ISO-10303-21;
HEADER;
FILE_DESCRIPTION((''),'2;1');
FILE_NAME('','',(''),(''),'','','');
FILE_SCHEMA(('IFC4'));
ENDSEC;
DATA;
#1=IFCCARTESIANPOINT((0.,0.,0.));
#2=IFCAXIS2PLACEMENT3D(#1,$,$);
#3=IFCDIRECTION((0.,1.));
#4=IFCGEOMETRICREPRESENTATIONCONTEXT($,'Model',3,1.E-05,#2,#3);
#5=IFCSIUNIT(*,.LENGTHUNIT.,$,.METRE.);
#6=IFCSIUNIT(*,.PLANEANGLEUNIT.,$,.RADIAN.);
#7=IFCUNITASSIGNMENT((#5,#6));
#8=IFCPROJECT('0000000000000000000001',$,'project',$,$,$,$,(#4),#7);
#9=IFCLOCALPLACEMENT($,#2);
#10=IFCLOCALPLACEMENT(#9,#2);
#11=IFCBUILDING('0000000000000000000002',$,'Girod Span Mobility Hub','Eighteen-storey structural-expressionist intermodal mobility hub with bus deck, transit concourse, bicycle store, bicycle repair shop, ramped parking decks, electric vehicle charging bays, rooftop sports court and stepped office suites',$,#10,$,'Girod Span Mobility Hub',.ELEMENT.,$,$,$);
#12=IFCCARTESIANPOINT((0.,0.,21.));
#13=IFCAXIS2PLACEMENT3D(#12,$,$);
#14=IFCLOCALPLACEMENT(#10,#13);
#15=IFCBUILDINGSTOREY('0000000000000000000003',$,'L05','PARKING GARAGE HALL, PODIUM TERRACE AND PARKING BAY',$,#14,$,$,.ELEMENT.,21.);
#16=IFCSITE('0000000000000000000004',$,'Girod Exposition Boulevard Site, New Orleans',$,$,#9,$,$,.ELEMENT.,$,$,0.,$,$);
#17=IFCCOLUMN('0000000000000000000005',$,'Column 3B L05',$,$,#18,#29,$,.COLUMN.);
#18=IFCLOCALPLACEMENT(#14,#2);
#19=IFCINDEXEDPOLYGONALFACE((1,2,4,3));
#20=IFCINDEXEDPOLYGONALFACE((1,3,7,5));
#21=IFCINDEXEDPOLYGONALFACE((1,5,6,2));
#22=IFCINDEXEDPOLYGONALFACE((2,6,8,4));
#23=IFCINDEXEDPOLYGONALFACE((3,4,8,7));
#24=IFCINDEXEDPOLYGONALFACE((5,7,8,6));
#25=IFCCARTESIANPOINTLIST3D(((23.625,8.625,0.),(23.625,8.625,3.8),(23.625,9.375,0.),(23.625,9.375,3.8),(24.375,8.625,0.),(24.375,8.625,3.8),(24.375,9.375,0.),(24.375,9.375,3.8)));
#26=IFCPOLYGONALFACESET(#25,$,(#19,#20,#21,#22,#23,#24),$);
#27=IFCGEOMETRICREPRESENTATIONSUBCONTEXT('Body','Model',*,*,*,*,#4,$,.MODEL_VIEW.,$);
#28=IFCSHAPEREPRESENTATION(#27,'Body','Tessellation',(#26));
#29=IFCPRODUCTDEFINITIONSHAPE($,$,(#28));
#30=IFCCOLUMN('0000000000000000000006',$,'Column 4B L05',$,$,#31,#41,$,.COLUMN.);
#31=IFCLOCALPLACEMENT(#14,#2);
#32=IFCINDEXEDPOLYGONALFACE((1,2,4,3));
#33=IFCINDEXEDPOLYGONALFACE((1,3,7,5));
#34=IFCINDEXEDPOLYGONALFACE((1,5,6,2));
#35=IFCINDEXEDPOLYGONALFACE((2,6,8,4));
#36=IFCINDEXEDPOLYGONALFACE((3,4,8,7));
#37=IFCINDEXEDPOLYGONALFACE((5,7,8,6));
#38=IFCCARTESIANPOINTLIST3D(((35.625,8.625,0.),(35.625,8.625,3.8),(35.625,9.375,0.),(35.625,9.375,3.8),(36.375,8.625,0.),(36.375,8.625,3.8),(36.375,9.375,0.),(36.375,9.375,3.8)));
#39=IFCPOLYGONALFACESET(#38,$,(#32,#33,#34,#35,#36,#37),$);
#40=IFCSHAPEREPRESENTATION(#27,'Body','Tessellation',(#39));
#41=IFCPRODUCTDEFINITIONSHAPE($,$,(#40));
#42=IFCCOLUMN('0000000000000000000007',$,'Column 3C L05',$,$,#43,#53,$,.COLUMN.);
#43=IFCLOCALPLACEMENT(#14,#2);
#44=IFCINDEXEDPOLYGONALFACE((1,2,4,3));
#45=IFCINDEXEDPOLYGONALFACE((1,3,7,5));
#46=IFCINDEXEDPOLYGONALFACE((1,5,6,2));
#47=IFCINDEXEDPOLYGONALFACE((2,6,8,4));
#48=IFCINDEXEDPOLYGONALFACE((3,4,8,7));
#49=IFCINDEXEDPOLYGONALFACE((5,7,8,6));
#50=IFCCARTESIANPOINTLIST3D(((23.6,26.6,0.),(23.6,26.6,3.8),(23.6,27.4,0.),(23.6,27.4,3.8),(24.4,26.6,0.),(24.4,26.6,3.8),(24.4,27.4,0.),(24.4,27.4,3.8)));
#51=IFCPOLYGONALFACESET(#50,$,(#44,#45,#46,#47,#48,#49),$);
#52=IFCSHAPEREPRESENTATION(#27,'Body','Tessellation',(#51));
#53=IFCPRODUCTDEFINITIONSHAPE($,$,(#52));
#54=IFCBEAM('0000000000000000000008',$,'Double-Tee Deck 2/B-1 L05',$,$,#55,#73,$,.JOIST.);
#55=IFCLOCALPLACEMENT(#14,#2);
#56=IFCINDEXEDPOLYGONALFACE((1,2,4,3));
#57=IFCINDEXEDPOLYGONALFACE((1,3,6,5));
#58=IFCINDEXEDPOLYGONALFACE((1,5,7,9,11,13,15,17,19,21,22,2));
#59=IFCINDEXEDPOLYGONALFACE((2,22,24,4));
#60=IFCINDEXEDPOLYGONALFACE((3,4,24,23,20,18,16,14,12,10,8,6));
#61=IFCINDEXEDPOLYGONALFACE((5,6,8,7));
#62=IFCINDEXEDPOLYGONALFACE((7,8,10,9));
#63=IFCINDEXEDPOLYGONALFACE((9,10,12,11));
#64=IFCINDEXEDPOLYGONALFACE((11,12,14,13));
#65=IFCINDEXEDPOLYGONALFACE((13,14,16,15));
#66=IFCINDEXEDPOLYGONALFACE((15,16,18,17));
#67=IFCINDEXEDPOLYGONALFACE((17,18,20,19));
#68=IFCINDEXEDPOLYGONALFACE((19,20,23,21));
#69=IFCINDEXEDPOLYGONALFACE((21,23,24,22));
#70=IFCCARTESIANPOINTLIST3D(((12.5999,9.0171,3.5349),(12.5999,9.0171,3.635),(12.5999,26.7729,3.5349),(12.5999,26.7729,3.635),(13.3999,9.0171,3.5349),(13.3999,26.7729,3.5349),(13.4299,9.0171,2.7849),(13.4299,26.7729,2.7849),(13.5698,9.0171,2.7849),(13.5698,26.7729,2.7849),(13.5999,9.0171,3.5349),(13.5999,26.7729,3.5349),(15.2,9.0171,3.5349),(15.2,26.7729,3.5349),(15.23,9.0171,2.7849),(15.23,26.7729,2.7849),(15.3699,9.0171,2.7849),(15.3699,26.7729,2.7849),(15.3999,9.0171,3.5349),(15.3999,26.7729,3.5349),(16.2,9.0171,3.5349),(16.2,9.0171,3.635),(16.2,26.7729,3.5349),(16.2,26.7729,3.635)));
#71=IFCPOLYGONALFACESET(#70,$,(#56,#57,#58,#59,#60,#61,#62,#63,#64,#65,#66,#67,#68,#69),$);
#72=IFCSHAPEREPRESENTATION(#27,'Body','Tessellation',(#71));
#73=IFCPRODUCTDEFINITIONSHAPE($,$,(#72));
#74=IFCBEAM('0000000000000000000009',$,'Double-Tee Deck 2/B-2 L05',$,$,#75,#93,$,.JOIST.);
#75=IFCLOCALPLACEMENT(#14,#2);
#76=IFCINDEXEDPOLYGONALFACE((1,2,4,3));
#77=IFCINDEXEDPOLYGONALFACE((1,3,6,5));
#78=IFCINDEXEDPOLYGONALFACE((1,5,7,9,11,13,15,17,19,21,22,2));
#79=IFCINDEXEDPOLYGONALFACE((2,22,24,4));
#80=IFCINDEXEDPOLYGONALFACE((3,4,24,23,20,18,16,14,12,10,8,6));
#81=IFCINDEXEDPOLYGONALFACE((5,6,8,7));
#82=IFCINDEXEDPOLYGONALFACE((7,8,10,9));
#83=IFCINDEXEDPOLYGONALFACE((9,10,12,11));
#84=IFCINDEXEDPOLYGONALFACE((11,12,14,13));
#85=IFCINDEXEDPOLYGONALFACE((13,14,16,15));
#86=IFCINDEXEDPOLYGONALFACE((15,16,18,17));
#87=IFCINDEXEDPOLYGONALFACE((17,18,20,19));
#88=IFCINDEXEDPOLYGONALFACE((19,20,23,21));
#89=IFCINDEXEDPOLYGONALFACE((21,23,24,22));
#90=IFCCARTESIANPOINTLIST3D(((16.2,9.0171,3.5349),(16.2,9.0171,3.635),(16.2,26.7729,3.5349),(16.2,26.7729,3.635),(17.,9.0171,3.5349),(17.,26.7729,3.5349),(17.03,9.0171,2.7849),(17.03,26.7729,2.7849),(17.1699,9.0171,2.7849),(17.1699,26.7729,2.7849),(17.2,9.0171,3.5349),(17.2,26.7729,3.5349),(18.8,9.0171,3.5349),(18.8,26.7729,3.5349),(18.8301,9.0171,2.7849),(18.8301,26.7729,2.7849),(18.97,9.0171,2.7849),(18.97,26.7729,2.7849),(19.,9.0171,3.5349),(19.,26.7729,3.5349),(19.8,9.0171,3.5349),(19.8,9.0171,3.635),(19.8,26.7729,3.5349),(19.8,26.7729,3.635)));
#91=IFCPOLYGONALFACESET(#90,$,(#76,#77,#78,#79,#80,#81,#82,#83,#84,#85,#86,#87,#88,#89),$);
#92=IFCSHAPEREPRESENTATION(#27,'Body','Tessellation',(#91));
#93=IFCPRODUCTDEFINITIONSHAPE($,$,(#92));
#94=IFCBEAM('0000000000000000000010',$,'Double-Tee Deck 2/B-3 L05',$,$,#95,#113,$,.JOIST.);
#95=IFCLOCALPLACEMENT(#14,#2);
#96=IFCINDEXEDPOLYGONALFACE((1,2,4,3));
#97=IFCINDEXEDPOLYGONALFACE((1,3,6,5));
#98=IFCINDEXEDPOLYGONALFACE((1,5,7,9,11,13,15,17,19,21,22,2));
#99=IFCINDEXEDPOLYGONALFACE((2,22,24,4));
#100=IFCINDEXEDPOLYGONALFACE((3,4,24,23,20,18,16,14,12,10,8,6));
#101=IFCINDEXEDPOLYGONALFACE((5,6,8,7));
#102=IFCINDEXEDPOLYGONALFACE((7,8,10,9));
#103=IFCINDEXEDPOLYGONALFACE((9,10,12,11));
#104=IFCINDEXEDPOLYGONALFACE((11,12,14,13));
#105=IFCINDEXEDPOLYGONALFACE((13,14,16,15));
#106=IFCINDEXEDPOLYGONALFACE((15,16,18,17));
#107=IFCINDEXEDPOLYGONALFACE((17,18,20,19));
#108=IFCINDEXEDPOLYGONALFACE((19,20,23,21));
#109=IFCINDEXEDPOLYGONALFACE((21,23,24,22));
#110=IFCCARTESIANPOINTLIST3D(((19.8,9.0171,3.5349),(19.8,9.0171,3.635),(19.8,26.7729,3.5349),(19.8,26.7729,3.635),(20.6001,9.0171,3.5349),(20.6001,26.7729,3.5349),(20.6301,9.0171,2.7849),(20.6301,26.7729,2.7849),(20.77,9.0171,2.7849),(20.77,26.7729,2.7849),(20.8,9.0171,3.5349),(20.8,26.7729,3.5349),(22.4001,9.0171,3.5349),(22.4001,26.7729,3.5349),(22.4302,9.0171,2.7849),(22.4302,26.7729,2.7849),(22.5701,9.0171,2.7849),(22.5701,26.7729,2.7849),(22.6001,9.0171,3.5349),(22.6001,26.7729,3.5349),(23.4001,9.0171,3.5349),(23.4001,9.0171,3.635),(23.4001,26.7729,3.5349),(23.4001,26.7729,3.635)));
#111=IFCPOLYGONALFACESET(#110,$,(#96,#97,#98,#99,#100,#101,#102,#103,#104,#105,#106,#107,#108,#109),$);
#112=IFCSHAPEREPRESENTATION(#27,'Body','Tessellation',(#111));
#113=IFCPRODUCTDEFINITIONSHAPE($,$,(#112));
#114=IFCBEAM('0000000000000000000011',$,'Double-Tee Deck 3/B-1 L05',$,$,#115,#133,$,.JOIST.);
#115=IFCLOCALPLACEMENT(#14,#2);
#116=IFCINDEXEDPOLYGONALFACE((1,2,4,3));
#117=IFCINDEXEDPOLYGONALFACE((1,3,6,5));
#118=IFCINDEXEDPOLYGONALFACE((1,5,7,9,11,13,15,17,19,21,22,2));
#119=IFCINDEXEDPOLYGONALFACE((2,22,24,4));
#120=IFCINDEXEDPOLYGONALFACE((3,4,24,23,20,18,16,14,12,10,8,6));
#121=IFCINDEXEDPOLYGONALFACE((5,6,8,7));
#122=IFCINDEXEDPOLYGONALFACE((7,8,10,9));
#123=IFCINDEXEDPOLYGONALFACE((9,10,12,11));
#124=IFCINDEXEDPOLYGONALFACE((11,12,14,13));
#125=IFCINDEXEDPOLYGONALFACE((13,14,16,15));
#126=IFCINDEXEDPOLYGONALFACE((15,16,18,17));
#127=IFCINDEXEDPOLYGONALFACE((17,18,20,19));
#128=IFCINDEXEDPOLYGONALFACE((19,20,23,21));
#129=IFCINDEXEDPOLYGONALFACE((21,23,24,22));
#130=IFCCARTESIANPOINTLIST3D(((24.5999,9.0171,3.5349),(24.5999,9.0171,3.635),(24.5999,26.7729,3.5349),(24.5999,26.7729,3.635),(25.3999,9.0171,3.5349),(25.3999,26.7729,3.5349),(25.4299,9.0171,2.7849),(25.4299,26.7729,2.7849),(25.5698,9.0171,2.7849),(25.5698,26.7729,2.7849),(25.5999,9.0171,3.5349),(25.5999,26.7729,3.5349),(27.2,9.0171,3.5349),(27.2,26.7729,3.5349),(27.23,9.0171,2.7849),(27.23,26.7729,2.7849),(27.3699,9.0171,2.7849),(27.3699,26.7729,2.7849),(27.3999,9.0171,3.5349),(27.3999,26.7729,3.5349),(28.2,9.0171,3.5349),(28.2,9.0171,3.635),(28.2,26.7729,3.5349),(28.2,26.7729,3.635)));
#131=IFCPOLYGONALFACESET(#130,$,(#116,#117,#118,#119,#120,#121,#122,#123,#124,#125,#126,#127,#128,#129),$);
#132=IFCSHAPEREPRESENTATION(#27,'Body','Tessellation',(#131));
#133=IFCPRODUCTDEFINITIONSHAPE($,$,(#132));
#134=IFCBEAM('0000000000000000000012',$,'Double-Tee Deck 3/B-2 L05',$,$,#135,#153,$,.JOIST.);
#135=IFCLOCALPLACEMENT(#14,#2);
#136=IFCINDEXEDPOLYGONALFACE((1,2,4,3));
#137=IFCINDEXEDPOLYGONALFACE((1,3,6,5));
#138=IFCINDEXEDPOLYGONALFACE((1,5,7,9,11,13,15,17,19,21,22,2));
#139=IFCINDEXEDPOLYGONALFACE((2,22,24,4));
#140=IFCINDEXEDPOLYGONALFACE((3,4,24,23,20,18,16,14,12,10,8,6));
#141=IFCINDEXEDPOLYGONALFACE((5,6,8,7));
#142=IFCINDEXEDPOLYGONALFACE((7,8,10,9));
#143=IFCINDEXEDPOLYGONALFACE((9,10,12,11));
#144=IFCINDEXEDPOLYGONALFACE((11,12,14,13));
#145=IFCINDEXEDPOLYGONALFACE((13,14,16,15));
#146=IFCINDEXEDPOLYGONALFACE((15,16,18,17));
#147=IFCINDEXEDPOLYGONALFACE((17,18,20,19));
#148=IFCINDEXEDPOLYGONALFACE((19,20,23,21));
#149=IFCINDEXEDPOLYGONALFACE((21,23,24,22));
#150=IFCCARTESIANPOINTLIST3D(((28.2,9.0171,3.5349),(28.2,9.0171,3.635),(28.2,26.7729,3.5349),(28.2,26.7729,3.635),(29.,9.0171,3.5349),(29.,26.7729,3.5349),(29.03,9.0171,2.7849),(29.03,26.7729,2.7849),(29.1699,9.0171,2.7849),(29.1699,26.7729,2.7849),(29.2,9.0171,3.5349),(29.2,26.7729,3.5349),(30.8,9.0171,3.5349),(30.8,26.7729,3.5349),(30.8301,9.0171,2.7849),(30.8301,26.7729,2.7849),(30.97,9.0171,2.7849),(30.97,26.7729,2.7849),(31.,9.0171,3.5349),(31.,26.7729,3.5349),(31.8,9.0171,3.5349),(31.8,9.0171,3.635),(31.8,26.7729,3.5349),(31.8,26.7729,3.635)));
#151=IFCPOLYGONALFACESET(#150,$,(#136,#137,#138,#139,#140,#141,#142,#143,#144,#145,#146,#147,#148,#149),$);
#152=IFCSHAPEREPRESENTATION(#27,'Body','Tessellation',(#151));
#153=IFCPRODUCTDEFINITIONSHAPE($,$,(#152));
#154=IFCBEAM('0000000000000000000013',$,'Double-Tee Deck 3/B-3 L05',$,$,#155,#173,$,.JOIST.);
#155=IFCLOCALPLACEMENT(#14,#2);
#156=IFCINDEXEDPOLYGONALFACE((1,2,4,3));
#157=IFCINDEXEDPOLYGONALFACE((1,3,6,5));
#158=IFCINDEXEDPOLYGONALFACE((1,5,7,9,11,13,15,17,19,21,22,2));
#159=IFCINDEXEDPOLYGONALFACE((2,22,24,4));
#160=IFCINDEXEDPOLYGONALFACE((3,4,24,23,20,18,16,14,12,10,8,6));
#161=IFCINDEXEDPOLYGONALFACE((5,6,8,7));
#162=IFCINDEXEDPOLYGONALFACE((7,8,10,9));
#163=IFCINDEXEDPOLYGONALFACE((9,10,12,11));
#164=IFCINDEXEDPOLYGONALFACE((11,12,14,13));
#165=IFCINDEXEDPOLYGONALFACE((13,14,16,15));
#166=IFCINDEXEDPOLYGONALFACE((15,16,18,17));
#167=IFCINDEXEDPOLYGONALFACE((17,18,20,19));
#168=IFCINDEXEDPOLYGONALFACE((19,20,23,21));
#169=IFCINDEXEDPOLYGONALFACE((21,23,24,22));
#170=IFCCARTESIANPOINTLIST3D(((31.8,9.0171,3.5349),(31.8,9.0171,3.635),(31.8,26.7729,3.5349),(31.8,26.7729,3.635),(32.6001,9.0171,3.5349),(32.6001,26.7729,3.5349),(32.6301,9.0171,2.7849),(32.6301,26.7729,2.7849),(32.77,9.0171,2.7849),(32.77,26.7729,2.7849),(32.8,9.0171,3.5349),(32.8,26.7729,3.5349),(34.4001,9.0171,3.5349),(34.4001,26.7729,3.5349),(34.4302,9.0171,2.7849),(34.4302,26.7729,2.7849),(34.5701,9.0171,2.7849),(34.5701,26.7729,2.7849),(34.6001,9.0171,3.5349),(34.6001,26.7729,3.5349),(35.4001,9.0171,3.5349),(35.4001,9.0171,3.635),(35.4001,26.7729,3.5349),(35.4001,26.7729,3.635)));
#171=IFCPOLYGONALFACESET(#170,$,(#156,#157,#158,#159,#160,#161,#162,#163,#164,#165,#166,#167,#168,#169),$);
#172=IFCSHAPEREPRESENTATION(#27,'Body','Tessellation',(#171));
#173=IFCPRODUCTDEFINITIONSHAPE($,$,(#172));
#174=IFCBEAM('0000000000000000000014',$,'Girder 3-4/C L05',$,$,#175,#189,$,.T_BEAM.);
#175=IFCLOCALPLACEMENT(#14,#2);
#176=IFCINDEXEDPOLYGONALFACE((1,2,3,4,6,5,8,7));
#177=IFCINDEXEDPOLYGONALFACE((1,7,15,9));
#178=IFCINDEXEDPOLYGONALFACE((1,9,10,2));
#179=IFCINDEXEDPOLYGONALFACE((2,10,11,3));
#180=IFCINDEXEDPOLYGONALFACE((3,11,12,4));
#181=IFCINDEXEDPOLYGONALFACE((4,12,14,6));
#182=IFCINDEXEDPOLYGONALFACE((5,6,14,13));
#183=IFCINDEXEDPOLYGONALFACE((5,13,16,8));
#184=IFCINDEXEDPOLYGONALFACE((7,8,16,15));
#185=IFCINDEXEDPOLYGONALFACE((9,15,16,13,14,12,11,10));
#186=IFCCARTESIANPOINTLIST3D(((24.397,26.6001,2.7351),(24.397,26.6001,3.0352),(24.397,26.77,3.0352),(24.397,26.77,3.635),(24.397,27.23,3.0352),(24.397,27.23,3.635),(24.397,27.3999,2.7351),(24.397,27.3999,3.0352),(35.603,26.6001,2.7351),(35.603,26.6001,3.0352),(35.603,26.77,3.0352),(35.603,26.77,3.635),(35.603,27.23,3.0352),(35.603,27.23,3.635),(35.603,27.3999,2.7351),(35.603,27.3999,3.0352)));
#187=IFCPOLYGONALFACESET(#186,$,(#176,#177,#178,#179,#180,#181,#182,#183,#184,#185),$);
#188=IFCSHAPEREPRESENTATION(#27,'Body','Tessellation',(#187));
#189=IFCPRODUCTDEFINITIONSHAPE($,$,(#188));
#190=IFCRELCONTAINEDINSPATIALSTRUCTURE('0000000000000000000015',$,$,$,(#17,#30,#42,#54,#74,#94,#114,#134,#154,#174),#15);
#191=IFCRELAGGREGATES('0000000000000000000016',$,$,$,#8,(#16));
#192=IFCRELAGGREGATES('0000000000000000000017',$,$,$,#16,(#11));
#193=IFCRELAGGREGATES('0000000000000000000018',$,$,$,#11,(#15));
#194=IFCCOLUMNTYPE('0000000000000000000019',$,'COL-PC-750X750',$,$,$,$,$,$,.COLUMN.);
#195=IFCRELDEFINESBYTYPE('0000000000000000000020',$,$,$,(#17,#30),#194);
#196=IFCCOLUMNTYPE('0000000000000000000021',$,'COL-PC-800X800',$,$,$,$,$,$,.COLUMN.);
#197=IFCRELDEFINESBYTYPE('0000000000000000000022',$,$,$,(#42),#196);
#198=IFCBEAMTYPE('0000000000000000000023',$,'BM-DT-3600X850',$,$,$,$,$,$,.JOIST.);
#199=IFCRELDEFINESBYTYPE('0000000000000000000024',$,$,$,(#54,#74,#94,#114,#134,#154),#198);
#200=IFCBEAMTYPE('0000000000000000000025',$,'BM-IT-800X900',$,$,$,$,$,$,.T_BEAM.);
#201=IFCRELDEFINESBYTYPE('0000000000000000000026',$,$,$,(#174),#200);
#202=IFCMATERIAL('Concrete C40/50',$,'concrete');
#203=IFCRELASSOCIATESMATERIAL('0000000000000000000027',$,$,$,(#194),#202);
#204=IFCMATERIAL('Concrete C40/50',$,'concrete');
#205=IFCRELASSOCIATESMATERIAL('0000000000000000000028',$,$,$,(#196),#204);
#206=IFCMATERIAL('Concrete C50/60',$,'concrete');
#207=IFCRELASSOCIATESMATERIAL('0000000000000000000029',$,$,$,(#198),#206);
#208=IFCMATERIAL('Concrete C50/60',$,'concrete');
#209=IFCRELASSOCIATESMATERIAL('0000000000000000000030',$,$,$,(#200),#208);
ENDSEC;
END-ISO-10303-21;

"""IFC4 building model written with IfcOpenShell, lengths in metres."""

from ifc_helpers import new_model, si_unit, direction, frame, origin, origin_2d, place, context, subcontext, project, spatial, polyline, rectangle, outline, extrude, material, material_profile, profile_set, type_object, element, save


model = new_model("IFC4")

# Units and contexts
model_context = context("Model", 3, precision=1e-05, world=origin(), true_north=direction((0.0, 1.0)))
body_context = subcontext(model_context, "Body", "Model", "MODEL_VIEW")
ifc_project = project(units=[si_unit("LENGTHUNIT", "METRE"), si_unit("PLANEANGLEUNIT", "RADIAN")], contexts=[model_context])

# Site, building, storey
site_placement = place(None, origin())
site = spatial("IfcSite", under=ifc_project, at=site_placement, Name="Girod Exposition Boulevard Site, New Orleans", CompositionType="ELEMENT", RefElevation=0.0)
building_placement = place(site_placement, origin())
building = spatial("IfcBuilding", under=site, at=building_placement, Name="Girod Span Mobility Hub", Description="Eighteen-storey structural-expressionist intermodal mobility hub with bus deck, transit concourse, bicycle store, bicycle repair shop, ramped parking decks, electric vehicle charging bays, rooftop sports court and stepped office suites", LongName="Girod Span Mobility Hub", CompositionType="ELEMENT")
storey_placement = place(building_placement, frame((0.0, 0.0, 21.0)))
storey = spatial("IfcBuildingStorey", under=building, at=storey_placement, Name="L05", Description="PARKING GARAGE HALL, PODIUM TERRACE AND PARKING BAY", CompositionType="ELEMENT", Elevation=21.0)

# Columns
ifc_material_1 = material(Name="Concrete C40/50", Category="concrete")
ifc_material_profile_1 = material_profile(ifc_material_1, rectangle(XDim=0.75, YDim=0.75, at=origin_2d()), Name="PC-COL-750X750")
ifc_profile_set_1 = profile_set([ifc_material_profile_1], Name="Concrete C40/50")
column_type_1 = type_object("IfcColumnType", Name="COL-PC-750X750", PredefinedType="COLUMN", material=ifc_profile_set_1)
for number, where, z_axis, x_axis, name in (
    (1, (24.0, 9.0, 0.0), (0.0, 0.0, 1.0), (1.0, 0.0, 0.0), "Column 3B L05"),
    (2, (36.0, 9.0, 0.0), (0.0, 0.0, 1.0), (1.0, 0.0, 0.0), "Column 4B L05"),
):
    element("IfcColumn", number, at=place(storey_placement, frame(where, z_axis=z_axis, x_axis=x_axis)), inside=storey, type_object=column_type_1, Name=name, PredefinedType="COLUMN", context=body_context, shape_type="SweptSolid", body=[
        extrude(rectangle(XDim=0.75, YDim=0.75, at=origin_2d()), origin(), (0.0, 0.0, 1.0), 3.8),
    ])
ifc_material_2 = material(Name="Concrete C40/50", Category="concrete")
ifc_material_profile_2 = material_profile(ifc_material_2, rectangle(XDim=0.8, YDim=0.8, at=origin_2d()), Name="PC-COL-800X800")
ifc_profile_set_2 = profile_set([ifc_material_profile_2], Name="Concrete C40/50")
column_type_2 = type_object("IfcColumnType", Name="COL-PC-800X800", PredefinedType="COLUMN", material=ifc_profile_set_2)
column_placement = place(storey_placement, frame((24.0, 27.0, 0.0), z_axis=(0.0, 0.0, 1.0), x_axis=(1.0, 0.0, 0.0)))
element("IfcColumn", 3, at=column_placement, inside=storey, type_object=column_type_2, Name="Column 3C L05", PredefinedType="COLUMN", context=body_context, shape_type="SweptSolid", body=[
    extrude(rectangle(XDim=0.8, YDim=0.8, at=origin_2d()), origin(), (0.0, 0.0, 1.0), 3.8),
])

# Beams
ifc_material_3 = material(Name="Concrete C50/60", Category="concrete")
ifc_material_profile_3 = material_profile(ifc_material_3, outline(polyline([(-1.8, 0.425), (-1.8, 0.325), (-1.0, 0.325), (-0.97, -0.425), (-0.8301, -0.425), (-0.8, 0.325), (0.8, 0.325), (0.8301, -0.425), (0.97, -0.425), (1.0, 0.325), (1.8, 0.325), (1.8, 0.425), (-1.8, 0.425)])), Name="DT-3600X850")
ifc_profile_set_3 = profile_set([ifc_material_profile_3], Name="Concrete C50/60")
beam_type_1 = type_object("IfcBeamType", Name="BM-DT-3600X850", PredefinedType="JOIST", material=ifc_profile_set_3)
for number, where, z_axis, x_axis, name in (
    (4, (14.3999, 9.0171, 3.21), (0.0, 1.0, 0.0), (-1.0, 0.0, 0.0), "Double-Tee Deck 2/B-1 L05"),
    (5, (18.0, 9.0171, 3.21), (0.0, 1.0, 0.0), (-1.0, 0.0, 0.0), "Double-Tee Deck 2/B-2 L05"),
    (6, (21.6001, 9.0171, 3.21), (0.0, 1.0, 0.0), (-1.0, 0.0, 0.0), "Double-Tee Deck 2/B-3 L05"),
    (7, (26.3999, 9.0171, 3.21), (0.0, 1.0, 0.0), (-1.0, 0.0, 0.0), "Double-Tee Deck 3/B-1 L05"),
    (8, (30.0, 9.0171, 3.21), (0.0, 1.0, 0.0), (-1.0, 0.0, 0.0), "Double-Tee Deck 3/B-2 L05"),
    (9, (33.6001, 9.0171, 3.21), (0.0, 1.0, 0.0), (-1.0, 0.0, 0.0), "Double-Tee Deck 3/B-3 L05"),
):
    element("IfcBeam", number, at=place(storey_placement, frame(where, z_axis=z_axis, x_axis=x_axis)), inside=storey, type_object=beam_type_1, Name=name, PredefinedType="JOIST", context=body_context, shape_type="SweptSolid", body=[
        extrude(outline(polyline([(-1.8, 0.425), (-1.8, 0.325), (-1.0, 0.325), (-0.97, -0.425), (-0.8301, -0.425), (-0.8, 0.325), (0.8, 0.325), (0.8301, -0.425), (0.97, -0.425), (1.0, 0.325), (1.8, 0.325), (1.8, 0.425), (-1.8, 0.425)])), origin(), (0.0, 0.0, 1.0), 17.7559),
    ])
ifc_material_4 = material(Name="Concrete C50/60", Category="concrete")
ifc_material_profile_4 = material_profile(ifc_material_4, outline(polyline([(-0.3999, -0.45), (0.3999, -0.45), (0.3999, -0.1499), (0.23, -0.1499), (0.23, 0.45), (-0.23, 0.45), (-0.23, -0.1499), (-0.3999, -0.1499), (-0.3999, -0.45)])), Name="IT-800X900")
ifc_profile_set_4 = profile_set([ifc_material_profile_4], Name="Concrete C50/60")
beam_type_2 = type_object("IfcBeamType", Name="BM-IT-800X900", PredefinedType="T_BEAM", material=ifc_profile_set_4)
beam_placement = place(storey_placement, frame((24.397, 27.0, 3.1851), z_axis=(1.0, 0.0, 0.0), x_axis=(0.0, 1.0, 0.0)))
element("IfcBeam", 10, at=beam_placement, inside=storey, type_object=beam_type_2, Name="Girder 3-4/C L05", PredefinedType="T_BEAM", context=body_context, shape_type="SweptSolid", body=[
    extrude(outline(polyline([(-0.3999, -0.45), (0.3999, -0.45), (0.3999, -0.1499), (0.23, -0.1499), (0.23, 0.45), (-0.23, 0.45), (-0.23, -0.1499), (-0.3999, -0.1499), (-0.3999, -0.45)])), origin(), (0.0, 0.0, 1.0), 11.2061),
])

save(model, "model.ifc")
